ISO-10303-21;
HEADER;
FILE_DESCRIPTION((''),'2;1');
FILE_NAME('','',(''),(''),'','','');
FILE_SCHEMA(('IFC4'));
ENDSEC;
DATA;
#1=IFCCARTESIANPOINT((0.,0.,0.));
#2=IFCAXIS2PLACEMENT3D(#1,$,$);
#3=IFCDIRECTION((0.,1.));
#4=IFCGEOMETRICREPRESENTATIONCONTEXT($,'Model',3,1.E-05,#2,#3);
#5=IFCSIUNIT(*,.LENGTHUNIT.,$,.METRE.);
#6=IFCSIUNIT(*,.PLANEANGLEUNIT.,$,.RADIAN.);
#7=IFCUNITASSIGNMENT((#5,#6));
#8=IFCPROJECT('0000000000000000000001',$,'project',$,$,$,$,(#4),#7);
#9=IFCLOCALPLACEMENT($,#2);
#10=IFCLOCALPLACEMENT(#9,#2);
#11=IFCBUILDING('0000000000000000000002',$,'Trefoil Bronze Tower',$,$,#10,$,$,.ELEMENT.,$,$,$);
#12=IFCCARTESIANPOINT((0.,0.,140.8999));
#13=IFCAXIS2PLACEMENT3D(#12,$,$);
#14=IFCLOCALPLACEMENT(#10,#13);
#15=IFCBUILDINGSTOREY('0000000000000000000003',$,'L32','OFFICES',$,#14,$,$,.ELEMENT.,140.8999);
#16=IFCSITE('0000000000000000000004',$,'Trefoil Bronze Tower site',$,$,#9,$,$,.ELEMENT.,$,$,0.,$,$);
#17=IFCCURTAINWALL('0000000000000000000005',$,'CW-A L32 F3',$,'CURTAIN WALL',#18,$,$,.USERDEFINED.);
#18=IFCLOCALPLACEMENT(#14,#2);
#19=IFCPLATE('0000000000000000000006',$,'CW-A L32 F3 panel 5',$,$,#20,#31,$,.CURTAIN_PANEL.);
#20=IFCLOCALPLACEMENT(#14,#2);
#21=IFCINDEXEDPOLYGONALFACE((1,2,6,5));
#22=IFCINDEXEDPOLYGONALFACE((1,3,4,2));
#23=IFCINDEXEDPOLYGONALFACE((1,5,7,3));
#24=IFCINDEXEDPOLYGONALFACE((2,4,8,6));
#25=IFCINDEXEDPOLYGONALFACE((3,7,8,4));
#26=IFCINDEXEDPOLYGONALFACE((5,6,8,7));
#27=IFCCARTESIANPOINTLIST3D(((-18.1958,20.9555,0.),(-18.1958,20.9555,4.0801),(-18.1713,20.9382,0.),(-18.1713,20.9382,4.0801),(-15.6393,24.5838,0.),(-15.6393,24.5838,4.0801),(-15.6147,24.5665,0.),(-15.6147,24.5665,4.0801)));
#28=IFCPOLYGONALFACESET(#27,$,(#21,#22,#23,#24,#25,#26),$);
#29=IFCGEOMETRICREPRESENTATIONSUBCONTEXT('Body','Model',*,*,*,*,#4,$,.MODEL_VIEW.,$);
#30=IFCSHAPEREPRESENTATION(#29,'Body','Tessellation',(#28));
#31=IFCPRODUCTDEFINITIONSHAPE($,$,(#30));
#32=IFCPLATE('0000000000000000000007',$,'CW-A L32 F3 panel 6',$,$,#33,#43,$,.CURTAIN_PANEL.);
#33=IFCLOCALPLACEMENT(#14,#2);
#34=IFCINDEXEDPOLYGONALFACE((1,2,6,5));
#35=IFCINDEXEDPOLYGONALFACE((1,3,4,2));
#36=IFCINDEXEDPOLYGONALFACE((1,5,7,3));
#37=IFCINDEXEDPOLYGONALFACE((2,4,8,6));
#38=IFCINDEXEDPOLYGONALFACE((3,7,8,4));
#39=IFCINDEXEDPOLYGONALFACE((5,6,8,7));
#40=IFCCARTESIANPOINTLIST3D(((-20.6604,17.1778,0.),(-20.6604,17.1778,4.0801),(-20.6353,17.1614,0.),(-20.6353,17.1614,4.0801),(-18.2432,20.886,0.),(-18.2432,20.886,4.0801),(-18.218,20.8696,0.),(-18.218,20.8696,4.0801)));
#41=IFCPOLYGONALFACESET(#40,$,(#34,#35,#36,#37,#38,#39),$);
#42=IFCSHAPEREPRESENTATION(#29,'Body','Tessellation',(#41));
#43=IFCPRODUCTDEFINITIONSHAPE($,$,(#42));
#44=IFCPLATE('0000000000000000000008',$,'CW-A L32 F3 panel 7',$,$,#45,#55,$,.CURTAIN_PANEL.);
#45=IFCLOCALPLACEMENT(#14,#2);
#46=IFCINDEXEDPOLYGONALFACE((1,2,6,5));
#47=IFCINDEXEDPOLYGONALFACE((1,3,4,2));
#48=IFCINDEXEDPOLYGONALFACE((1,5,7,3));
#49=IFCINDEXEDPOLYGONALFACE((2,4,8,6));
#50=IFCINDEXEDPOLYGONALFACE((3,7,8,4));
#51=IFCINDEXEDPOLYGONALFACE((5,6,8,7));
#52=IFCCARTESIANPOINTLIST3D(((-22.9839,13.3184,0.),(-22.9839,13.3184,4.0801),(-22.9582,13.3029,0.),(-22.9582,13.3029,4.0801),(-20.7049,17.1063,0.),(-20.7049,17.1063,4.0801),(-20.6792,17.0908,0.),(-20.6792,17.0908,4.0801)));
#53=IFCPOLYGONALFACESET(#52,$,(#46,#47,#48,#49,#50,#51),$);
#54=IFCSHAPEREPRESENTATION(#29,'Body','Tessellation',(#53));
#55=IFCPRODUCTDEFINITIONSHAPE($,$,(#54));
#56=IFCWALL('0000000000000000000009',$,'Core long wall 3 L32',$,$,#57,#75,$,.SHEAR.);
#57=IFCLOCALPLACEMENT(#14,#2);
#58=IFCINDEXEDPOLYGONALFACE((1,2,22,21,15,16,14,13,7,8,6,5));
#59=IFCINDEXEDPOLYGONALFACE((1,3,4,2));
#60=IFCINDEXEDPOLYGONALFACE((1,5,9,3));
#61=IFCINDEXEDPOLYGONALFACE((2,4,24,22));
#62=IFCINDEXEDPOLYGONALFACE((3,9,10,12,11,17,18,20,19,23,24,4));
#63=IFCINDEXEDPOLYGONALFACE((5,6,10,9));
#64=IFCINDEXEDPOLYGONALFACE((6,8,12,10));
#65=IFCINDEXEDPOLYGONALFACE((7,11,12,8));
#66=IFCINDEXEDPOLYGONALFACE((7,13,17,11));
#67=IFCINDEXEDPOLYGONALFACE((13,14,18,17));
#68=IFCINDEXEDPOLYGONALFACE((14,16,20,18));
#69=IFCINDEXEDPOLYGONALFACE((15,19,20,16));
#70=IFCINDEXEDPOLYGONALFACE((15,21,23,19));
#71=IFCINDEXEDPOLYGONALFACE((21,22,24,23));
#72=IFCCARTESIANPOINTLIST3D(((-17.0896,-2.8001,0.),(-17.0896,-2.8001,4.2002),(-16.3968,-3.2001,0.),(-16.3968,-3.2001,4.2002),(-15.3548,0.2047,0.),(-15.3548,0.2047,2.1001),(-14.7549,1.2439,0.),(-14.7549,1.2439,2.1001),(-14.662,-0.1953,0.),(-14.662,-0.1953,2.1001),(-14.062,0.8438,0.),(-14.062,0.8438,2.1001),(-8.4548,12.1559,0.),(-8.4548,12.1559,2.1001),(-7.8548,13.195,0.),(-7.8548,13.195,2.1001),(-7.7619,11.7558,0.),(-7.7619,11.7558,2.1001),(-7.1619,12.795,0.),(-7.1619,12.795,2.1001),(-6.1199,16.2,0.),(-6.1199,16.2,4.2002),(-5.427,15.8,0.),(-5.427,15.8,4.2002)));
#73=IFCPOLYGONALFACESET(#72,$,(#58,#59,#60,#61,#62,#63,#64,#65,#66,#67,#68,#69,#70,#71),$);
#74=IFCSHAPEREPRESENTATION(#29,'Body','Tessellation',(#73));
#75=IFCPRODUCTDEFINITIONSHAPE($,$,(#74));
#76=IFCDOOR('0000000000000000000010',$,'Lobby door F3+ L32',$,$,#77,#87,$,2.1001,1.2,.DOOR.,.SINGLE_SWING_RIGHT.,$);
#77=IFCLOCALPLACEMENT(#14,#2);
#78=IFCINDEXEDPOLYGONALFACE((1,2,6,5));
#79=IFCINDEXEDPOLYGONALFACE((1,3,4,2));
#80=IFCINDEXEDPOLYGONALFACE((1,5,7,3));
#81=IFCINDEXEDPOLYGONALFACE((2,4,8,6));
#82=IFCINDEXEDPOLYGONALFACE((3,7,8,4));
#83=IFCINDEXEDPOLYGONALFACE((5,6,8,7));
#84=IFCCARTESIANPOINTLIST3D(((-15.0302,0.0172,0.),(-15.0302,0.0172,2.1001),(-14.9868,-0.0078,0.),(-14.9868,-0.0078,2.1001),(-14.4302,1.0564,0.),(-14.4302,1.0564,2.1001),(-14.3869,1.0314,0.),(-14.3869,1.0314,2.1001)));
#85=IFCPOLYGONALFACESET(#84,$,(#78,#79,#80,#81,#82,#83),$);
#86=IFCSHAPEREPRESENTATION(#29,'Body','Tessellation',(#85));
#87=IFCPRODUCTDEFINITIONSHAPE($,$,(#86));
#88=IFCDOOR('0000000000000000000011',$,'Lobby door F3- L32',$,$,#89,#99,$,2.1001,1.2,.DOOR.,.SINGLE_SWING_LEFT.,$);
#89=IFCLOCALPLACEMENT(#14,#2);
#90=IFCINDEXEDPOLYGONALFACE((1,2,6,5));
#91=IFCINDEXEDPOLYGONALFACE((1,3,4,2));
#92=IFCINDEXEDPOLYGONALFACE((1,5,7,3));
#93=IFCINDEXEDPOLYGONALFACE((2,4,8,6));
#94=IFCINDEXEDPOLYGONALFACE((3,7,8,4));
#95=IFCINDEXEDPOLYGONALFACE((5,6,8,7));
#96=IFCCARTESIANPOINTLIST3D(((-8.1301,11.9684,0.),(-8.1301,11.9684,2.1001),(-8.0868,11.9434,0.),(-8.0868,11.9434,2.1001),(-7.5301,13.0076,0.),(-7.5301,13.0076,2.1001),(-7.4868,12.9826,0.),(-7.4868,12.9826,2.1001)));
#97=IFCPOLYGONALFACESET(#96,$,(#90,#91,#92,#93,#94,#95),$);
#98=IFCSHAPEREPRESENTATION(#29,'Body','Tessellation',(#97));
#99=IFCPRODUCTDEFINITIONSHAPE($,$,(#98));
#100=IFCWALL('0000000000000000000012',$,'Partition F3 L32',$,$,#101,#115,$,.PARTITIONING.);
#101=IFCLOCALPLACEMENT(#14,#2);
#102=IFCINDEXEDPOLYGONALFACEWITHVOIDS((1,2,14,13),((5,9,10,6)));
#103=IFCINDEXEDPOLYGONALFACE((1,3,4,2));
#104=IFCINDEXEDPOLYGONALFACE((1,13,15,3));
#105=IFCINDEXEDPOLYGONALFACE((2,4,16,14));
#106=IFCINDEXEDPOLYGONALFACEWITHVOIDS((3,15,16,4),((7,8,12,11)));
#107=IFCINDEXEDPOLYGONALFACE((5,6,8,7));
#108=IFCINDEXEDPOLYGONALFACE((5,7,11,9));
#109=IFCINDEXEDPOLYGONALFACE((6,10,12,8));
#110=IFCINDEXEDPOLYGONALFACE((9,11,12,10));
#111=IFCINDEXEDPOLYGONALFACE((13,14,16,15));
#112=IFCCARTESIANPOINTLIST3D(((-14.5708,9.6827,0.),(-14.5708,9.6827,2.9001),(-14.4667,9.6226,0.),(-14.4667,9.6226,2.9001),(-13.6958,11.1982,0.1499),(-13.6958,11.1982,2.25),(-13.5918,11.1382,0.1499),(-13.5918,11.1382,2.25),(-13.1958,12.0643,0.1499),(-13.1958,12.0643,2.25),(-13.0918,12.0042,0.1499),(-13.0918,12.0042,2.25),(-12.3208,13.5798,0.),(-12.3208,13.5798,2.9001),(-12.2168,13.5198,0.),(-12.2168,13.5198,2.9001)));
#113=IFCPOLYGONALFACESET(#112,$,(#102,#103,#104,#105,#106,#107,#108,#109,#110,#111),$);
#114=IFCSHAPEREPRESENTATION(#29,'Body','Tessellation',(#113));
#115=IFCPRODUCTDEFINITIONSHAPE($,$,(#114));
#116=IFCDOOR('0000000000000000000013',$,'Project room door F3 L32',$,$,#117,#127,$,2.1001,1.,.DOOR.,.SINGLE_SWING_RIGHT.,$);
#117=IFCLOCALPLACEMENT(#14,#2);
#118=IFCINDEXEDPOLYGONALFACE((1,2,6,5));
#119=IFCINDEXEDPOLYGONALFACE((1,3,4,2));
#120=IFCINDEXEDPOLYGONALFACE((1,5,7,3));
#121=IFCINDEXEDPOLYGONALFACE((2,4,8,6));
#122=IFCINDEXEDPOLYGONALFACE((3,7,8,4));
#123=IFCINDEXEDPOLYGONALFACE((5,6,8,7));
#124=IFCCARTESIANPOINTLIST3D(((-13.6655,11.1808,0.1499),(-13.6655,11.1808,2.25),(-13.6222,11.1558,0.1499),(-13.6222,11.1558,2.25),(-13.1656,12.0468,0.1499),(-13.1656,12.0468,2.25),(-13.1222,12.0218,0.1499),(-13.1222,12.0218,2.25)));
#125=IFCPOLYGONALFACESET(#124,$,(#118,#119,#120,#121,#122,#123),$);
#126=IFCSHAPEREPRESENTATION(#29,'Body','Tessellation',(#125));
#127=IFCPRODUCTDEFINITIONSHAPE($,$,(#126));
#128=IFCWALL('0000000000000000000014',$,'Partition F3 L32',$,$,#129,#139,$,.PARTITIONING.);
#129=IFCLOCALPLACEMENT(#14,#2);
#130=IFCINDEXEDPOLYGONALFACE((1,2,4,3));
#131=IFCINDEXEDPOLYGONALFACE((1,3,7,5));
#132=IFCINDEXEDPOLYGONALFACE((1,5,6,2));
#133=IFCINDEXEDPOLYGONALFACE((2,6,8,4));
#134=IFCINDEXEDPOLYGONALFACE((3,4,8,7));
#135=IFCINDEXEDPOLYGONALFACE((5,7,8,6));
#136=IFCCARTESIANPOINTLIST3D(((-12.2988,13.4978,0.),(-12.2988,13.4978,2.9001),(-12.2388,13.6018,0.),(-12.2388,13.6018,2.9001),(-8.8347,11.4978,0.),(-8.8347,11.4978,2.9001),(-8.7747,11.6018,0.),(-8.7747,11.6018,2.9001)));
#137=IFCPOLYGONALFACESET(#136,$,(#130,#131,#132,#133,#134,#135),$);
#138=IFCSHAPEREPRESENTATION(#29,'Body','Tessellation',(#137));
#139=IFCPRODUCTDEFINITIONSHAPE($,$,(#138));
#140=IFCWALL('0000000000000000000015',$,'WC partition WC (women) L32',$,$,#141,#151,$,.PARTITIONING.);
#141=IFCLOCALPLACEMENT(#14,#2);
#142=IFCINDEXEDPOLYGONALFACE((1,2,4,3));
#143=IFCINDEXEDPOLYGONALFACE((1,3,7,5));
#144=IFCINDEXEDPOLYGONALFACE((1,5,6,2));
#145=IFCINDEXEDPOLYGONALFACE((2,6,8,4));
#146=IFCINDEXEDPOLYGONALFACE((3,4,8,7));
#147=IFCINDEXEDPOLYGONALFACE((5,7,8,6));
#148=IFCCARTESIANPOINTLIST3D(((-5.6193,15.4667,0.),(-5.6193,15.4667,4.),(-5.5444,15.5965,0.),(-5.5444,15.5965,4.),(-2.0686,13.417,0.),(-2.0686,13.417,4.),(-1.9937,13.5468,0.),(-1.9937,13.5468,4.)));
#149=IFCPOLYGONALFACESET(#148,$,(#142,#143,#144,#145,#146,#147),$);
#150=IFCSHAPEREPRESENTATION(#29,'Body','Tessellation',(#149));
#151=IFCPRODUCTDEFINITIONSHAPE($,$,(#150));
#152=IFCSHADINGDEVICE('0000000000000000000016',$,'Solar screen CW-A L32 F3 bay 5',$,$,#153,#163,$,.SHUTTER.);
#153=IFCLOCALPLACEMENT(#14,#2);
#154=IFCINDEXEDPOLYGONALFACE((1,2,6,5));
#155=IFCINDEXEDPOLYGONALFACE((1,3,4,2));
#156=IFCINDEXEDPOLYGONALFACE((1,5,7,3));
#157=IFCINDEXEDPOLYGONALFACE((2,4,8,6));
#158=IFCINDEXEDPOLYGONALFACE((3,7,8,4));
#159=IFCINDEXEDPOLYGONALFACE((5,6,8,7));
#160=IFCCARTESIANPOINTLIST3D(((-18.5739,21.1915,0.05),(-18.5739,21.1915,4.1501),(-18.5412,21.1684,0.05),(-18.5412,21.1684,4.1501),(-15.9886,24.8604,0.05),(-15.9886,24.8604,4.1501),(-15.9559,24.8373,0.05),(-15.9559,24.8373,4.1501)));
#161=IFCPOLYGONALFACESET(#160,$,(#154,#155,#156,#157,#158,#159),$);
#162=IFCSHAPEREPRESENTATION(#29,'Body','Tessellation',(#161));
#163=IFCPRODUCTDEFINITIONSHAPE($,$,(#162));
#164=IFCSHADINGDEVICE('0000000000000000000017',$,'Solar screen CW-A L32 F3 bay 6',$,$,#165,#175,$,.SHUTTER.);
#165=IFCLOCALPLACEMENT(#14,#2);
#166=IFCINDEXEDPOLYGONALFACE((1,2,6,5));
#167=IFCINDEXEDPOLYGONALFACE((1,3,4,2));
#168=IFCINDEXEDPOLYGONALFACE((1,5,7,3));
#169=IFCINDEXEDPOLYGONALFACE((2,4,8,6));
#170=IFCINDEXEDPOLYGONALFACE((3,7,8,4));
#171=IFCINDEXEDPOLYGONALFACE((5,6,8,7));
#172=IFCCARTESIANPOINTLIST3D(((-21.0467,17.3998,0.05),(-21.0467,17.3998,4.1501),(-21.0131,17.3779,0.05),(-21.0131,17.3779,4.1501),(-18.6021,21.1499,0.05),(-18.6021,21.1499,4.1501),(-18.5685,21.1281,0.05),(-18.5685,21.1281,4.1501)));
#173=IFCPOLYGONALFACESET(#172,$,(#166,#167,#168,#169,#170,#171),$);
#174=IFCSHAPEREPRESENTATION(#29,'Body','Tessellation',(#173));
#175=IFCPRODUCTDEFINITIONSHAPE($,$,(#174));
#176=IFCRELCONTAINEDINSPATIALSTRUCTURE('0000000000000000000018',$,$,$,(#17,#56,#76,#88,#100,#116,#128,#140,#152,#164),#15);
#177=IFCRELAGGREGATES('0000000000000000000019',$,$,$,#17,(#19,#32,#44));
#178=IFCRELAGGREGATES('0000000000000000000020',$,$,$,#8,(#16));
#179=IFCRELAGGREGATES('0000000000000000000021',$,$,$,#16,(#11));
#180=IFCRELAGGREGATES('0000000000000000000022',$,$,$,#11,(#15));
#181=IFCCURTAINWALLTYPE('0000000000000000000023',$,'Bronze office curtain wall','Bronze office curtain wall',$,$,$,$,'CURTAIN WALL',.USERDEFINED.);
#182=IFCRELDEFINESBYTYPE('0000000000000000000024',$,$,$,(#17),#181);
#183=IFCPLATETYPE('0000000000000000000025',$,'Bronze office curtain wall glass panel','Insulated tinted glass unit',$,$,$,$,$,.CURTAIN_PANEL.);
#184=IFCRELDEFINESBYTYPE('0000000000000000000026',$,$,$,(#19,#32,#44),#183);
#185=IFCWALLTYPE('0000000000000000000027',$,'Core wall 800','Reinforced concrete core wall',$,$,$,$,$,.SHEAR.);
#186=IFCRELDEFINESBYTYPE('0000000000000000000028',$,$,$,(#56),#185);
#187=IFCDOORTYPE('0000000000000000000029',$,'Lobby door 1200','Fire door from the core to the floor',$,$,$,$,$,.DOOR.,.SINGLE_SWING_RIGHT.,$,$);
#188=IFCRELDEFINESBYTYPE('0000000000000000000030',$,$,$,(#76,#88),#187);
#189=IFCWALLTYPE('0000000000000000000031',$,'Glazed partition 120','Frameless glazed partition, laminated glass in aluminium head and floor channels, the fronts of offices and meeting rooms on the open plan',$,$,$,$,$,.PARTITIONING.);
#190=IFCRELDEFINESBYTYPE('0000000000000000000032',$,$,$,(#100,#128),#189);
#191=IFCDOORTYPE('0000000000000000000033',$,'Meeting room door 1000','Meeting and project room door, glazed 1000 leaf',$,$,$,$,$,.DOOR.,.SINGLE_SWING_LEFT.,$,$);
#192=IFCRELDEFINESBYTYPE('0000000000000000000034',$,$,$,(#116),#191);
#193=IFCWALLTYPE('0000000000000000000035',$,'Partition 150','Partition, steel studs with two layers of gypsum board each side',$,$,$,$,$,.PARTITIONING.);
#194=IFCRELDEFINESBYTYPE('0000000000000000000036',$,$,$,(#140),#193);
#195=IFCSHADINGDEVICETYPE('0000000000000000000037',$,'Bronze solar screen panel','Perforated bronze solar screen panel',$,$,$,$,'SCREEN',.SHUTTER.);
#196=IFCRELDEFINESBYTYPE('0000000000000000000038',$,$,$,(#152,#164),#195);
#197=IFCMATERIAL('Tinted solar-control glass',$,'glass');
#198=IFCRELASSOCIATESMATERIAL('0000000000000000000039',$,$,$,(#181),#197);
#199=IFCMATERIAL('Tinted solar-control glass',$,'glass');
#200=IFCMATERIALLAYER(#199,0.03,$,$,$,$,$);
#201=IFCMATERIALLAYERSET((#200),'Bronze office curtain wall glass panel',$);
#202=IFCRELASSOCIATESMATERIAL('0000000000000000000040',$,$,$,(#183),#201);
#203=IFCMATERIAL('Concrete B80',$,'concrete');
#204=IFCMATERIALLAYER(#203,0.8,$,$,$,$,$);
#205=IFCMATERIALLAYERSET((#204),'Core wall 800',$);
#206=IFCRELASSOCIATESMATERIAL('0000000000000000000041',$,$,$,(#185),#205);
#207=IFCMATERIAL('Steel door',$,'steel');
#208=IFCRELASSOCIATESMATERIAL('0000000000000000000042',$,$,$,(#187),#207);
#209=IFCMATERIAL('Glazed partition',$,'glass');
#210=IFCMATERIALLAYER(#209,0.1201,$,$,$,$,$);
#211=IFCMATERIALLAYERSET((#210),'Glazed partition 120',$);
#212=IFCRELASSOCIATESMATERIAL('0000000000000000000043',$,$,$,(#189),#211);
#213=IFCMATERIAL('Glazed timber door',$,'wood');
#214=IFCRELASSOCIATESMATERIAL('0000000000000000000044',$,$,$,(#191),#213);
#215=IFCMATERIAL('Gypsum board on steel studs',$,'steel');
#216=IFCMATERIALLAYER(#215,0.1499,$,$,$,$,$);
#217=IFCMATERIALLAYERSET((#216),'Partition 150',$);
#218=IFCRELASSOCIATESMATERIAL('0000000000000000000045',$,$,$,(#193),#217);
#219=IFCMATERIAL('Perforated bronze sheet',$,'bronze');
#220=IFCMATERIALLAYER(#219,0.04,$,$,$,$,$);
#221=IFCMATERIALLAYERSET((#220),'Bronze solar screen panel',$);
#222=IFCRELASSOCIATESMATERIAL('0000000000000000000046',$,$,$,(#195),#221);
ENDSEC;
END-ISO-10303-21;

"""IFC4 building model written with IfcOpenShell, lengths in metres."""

from ifc_helpers import new_model, si_unit, direction, frame, frame_2d, origin, origin_2d, place, context, subcontext, project, spatial, rectangle, extrude, material, layer, layer_set, type_object, element, fill, aggregate, save


model = new_model("IFC4")

# Units and contexts
model_context = context("Model", 3, precision=1e-05, world=origin(), true_north=direction((0.0, 1.0)))
body_context = subcontext(model_context, "Body", "Model", "MODEL_VIEW")
ifc_project = project(units=[si_unit("LENGTHUNIT", "METRE"), si_unit("PLANEANGLEUNIT", "RADIAN")], contexts=[model_context])

# Site, building, storey
site_placement = place(None, origin())
site = spatial("IfcSite", under=ifc_project, at=site_placement, Name="Trefoil Bronze Tower site", CompositionType="ELEMENT", RefElevation=0.0)
building_placement = place(site_placement, origin())
building = spatial("IfcBuilding", under=site, at=building_placement, Name="Trefoil Bronze Tower", CompositionType="ELEMENT")
storey_placement = place(building_placement, frame((0.0, 0.0, 140.8999)))
storey = spatial("IfcBuildingStorey", under=building, at=storey_placement, Name="L32", Description="OFFICES", CompositionType="ELEMENT", Elevation=140.8999)

# Curtain wall
ifc_material_1 = material(Name="Tinted solar-control glass", Category="glass")
curtain_wall_type = type_object("IfcCurtainWallType", Name="Bronze office curtain wall", Description="Bronze office curtain wall", ElementType="CURTAIN WALL", PredefinedType="USERDEFINED", material=ifc_material_1)
curtain_wall_placement = place(storey_placement, origin())
curtain_wall = element("IfcCurtainWall", 1, at=curtain_wall_placement, inside=storey, type_object=curtain_wall_type, Name="CW-A L32 F3", ObjectType="CURTAIN WALL", PredefinedType="USERDEFINED")

# Plates
ifc_material_2 = material(Name="Tinted solar-control glass", Category="glass")
ifc_layer_1 = layer(ifc_material_2, 0.03)
ifc_layer_set_1 = layer_set([ifc_layer_1], Name="Bronze office curtain wall glass panel")
plate_type = type_object("IfcPlateType", Name="Bronze office curtain wall glass panel", Description="Insulated tinted glass unit", PredefinedType="CURTAIN_PANEL", material=ifc_layer_set_1)
plate_1_placement = place(storey_placement, frame((-16.9053, 22.761, 0.0), z_axis=(0.0, 0.0, 1.0), x_axis=(-0.575999, -0.81745, 0.0)))
plate_1 = element("IfcPlate", 2, at=plate_1_placement, type_object=plate_type, Name="CW-A L32 F3 panel 5", PredefinedType="CURTAIN_PANEL", context=body_context, shape_type="SweptSolid", body=[
    extrude(rectangle(XDim=4.4385, YDim=0.03, at=origin_2d()), origin(), (0.0, 0.0, 1.0), 4.0801),
])
plate_2_placement = place(storey_placement, frame((-19.4392, 19.0237, 0.0), z_axis=(0.0, 0.0, 1.0), x_axis=(-0.546089, -0.837727, 0.0)))
plate_2 = element("IfcPlate", 3, at=plate_2_placement, type_object=plate_type, Name="CW-A L32 F3 panel 6", PredefinedType="CURTAIN_PANEL", context=body_context, shape_type="SweptSolid", body=[
    extrude(rectangle(XDim=4.4265, YDim=0.03, at=origin_2d()), origin(), (0.0, 0.0, 1.0), 4.0801),
])
plate_3_placement = place(storey_placement, frame((-21.8315, 15.2046, 0.0), z_axis=(0.0, 0.0, 1.0), x_axis=(-0.515525, -0.856874, 0.0)))
plate_3 = element("IfcPlate", 4, at=plate_3_placement, type_object=plate_type, Name="CW-A L32 F3 panel 7", PredefinedType="CURTAIN_PANEL", context=body_context, shape_type="SweptSolid", body=[
    extrude(rectangle(XDim=4.4207, YDim=0.03, at=origin_2d()), origin(), (0.0, 0.0, 1.0), 4.0801),
])
aggregate(curtain_wall, [plate_1, plate_2, plate_3])

# Wall, openings, doors
ifc_material_3 = material(Name="Concrete B80", Category="concrete")
ifc_layer_2 = layer(ifc_material_3, 0.8)
ifc_layer_set_2 = layer_set([ifc_layer_2], Name="Core wall 800")
wall_type_1 = type_object("IfcWallType", Name="Core wall 800", Description="Reinforced concrete core wall", PredefinedType="SHEAR", material=ifc_layer_set_2)
wall_1_placement = place(storey_placement, frame((-5.7734, 16.0, 0.0), z_axis=(0.0, 0.0, 1.0), x_axis=(-0.500002, -0.866024, 0.0)))
wall_1 = element("IfcWall", 5, at=wall_1_placement, inside=storey, type_object=wall_type_1, Name="Core long wall 3 L32", PredefinedType="SHEAR", context=body_context, shape_type="SweptSolid", body=[
    extrude(rectangle(XDim=21.9395, YDim=0.8, at=frame_2d((10.9697, 0.0))), origin(), (0.0, 0.0, 1.0), 4.2002),
])
opening_1_placement = place(wall_1_placement, frame((17.2698, 0.0, 0.0)))
opening_1 = element("IfcOpeningElement", 6, at=opening_1_placement, cuts=wall_1, PredefinedType="OPENING", context=body_context, shape_type="SweptSolid", body=[
    extrude(rectangle(XDim=1.2, YDim=2.1001, at=frame_2d((0.6001, 1.05))), frame((0.0, 0.4099, 0.0), z_axis=(0.0, -1.0, 0.0), x_axis=(1.0, 0.0, 0.0)), (0.0, 0.0, 1.0), 0.8201),
])
opening_2_placement = place(wall_1_placement, frame((3.4697, 0.0, 0.0)))
opening_2 = element("IfcOpeningElement", 7, at=opening_2_placement, cuts=wall_1, PredefinedType="OPENING", context=body_context, shape_type="SweptSolid", body=[
    extrude(rectangle(XDim=1.2, YDim=2.1001, at=frame_2d((0.6001, 1.05))), frame((0.0, 0.4099, 0.0), z_axis=(0.0, -1.0, 0.0), x_axis=(1.0, 0.0, 0.0)), (0.0, 0.0, 1.0), 0.8201),
])
ifc_material_4 = material(Name="Steel door", Category="steel")
door_type_1 = type_object("IfcDoorType", Name="Lobby door 1200", Description="Fire door from the core to the floor", OperationType="SINGLE_SWING_RIGHT", PredefinedType="DOOR", material=ifc_material_4)
door_1_placement = place(opening_1_placement, origin())
door_1 = element("IfcDoor", 8, at=door_1_placement, inside=storey, type_object=door_type_1, Name="Lobby door F3+ L32", OperationType="SINGLE_SWING_RIGHT", OverallHeight=2.1001, OverallWidth=1.2, PredefinedType="DOOR", context=body_context, shape_type="SweptSolid", body=[
    extrude(rectangle(XDim=1.2, YDim=2.1001, at=frame_2d((0.6001, 1.05))), frame((0.0, 0.0249, 0.0), z_axis=(0.0, -1.0, 0.0), x_axis=(1.0, 0.0, 0.0)), (0.0, 0.0, 1.0), 0.05),
])
fill(opening_1, door_1)
door_2_placement = place(opening_2_placement, origin())
door_2 = element("IfcDoor", 9, at=door_2_placement, inside=storey, type_object=door_type_1, Name="Lobby door F3- L32", OperationType="SINGLE_SWING_LEFT", OverallHeight=2.1001, OverallWidth=1.2, PredefinedType="DOOR", context=body_context, shape_type="SweptSolid", body=[
    extrude(rectangle(XDim=1.2, YDim=2.1001, at=frame_2d((0.6001, 1.05))), frame((0.0, 0.0249, 0.0), z_axis=(0.0, -1.0, 0.0), x_axis=(1.0, 0.0, 0.0)), (0.0, 0.0, 1.0), 0.05),
])
fill(opening_2, door_2)

# Wall, opening, door
ifc_material_5 = material(Name="Glazed partition", Category="glass")
ifc_layer_3 = layer(ifc_material_5, 0.1201)
ifc_layer_set_3 = layer_set([ifc_layer_3], Name="Glazed partition 120")
wall_type_2 = type_object("IfcWallType", Name="Glazed partition 120", Description="Frameless glazed partition, laminated glass in aluminium head and floor channels, the fronts of offices and meeting rooms on the open plan", PredefinedType="PARTITIONING", material=ifc_layer_set_3)
wall_2_placement = place(storey_placement, frame((-12.2688, 13.5498, 0.0), z_axis=(0.0, 0.0, 1.0), x_axis=(-0.49999, -0.866031, 0.0)))
wall_2 = element("IfcWall", 10, at=wall_2_placement, inside=storey, type_object=wall_type_2, Name="Partition F3 L32", PredefinedType="PARTITIONING", context=body_context, shape_type="SweptSolid", body=[
    extrude(rectangle(XDim=4.5, YDim=0.1201, at=frame_2d((2.25, 0.0))), origin(), (0.0, 0.0, 1.0), 2.9001),
])
opening_3_placement = place(wall_2_placement, frame((1.75, 0.0, 0.1499)))
opening_3 = element("IfcOpeningElement", 11, at=opening_3_placement, cuts=wall_2, PredefinedType="OPENING", context=body_context, shape_type="SweptSolid", body=[
    extrude(rectangle(XDim=1.0, YDim=2.1001, at=frame_2d((0.5, 1.05))), frame((0.0, 0.0701, 0.0), z_axis=(0.0, -1.0, 0.0), x_axis=(1.0, 0.0, 0.0)), (0.0, 0.0, 1.0), 0.1401),
])
ifc_material_6 = material(Name="Glazed timber door", Category="wood")
door_type_2 = type_object("IfcDoorType", Name="Meeting room door 1000", Description="Meeting and project room door, glazed 1000 leaf", OperationType="SINGLE_SWING_LEFT", PredefinedType="DOOR", material=ifc_material_6)
door_3_placement = place(opening_3_placement, origin())
door_3 = element("IfcDoor", 12, at=door_3_placement, inside=storey, type_object=door_type_2, Name="Project room door F3 L32", OperationType="SINGLE_SWING_RIGHT", OverallHeight=2.1001, OverallWidth=1.0, PredefinedType="DOOR", context=body_context, shape_type="SweptSolid", body=[
    extrude(rectangle(XDim=1.0, YDim=2.1001, at=frame_2d((0.5, 1.05))), frame((0.0, 0.0249, 0.0), z_axis=(0.0, -1.0, 0.0), x_axis=(1.0, 0.0, 0.0)), (0.0, 0.0, 1.0), 0.05),
])
fill(opening_3, door_3)

# Walls
wall_3_placement = place(storey_placement, frame((-8.8047, 11.5498, 0.0), z_axis=(0.0, 0.0, 1.0), x_axis=(-0.866026, 0.499999, 0.0)))
element("IfcWall", 13, at=wall_3_placement, inside=storey, type_object=wall_type_2, Name="Partition F3 L32", PredefinedType="PARTITIONING", context=body_context, shape_type="SweptSolid", body=[
    extrude(rectangle(XDim=4.0, YDim=0.1201, at=frame_2d((2.0, 0.0))), origin(), (0.0, 0.0, 1.0), 2.9001),
])
ifc_material_7 = material(Name="Gypsum board on steel studs", Category="steel")
ifc_layer_4 = layer(ifc_material_7, 0.1499)
ifc_layer_set_4 = layer_set([ifc_layer_4], Name="Partition 150")
wall_type_3 = type_object("IfcWallType", Name="Partition 150", Description="Partition, steel studs with two layers of gypsum board each side", PredefinedType="PARTITIONING", material=ifc_layer_set_4)
wall_4_placement = place(storey_placement, frame((-2.0312, 13.4819, 0.0), z_axis=(0.0, 0.0, 1.0), x_axis=(-0.866051, 0.499956, 0.0)))
element("IfcWall", 14, at=wall_4_placement, inside=storey, type_object=wall_type_3, Name="WC partition WC (women) L32", PredefinedType="PARTITIONING", context=body_context, shape_type="SweptSolid", body=[
    extrude(rectangle(XDim=4.0999, YDim=0.1499, at=frame_2d((2.0498, 0.0))), origin(), (0.0, 0.0, 1.0), 4.0),
])

# Shading devices
ifc_material_8 = material(Name="Perforated bronze sheet", Category="bronze")
ifc_layer_5 = layer(ifc_material_8, 0.04)
ifc_layer_set_5 = layer_set([ifc_layer_5], Name="Bronze solar screen panel")
shading_device_type = type_object("IfcShadingDeviceType", Name="Bronze solar screen panel", Description="Perforated bronze solar screen panel", ElementType="SCREEN", PredefinedType="SHUTTER", material=ifc_layer_set_5)
shading_device_1_placement = place(storey_placement, frame((-17.2649, 23.0144, 0.05), z_axis=(0.0, 0.0, 1.0), x_axis=(-0.575999, -0.81745, 0.0)))
element("IfcShadingDevice", 15, at=shading_device_1_placement, inside=storey, type_object=shading_device_type, Name="Solar screen CW-A L32 F3 bay 5", PredefinedType="SHUTTER", context=body_context, shape_type="SweptSolid", body=[
    extrude(rectangle(XDim=4.4883, YDim=0.04, at=origin_2d()), origin(), (0.0, 0.0, 1.0), 4.1001),
])
shading_device_2_placement = place(storey_placement, frame((-19.8076, 19.2639, 0.05), z_axis=(0.0, 0.0, 1.0), x_axis=(-0.546089, -0.837727, 0.0)))
element("IfcShadingDevice", 16, at=shading_device_2_placement, inside=storey, type_object=shading_device_type, Name="Solar screen CW-A L32 F3 bay 6", PredefinedType="SHUTTER", context=body_context, shape_type="SweptSolid", body=[
    extrude(rectangle(XDim=4.4766, YDim=0.04, at=origin_2d()), origin(), (0.0, 0.0, 1.0), 4.1001),
])

save(model, "model.ifc")
